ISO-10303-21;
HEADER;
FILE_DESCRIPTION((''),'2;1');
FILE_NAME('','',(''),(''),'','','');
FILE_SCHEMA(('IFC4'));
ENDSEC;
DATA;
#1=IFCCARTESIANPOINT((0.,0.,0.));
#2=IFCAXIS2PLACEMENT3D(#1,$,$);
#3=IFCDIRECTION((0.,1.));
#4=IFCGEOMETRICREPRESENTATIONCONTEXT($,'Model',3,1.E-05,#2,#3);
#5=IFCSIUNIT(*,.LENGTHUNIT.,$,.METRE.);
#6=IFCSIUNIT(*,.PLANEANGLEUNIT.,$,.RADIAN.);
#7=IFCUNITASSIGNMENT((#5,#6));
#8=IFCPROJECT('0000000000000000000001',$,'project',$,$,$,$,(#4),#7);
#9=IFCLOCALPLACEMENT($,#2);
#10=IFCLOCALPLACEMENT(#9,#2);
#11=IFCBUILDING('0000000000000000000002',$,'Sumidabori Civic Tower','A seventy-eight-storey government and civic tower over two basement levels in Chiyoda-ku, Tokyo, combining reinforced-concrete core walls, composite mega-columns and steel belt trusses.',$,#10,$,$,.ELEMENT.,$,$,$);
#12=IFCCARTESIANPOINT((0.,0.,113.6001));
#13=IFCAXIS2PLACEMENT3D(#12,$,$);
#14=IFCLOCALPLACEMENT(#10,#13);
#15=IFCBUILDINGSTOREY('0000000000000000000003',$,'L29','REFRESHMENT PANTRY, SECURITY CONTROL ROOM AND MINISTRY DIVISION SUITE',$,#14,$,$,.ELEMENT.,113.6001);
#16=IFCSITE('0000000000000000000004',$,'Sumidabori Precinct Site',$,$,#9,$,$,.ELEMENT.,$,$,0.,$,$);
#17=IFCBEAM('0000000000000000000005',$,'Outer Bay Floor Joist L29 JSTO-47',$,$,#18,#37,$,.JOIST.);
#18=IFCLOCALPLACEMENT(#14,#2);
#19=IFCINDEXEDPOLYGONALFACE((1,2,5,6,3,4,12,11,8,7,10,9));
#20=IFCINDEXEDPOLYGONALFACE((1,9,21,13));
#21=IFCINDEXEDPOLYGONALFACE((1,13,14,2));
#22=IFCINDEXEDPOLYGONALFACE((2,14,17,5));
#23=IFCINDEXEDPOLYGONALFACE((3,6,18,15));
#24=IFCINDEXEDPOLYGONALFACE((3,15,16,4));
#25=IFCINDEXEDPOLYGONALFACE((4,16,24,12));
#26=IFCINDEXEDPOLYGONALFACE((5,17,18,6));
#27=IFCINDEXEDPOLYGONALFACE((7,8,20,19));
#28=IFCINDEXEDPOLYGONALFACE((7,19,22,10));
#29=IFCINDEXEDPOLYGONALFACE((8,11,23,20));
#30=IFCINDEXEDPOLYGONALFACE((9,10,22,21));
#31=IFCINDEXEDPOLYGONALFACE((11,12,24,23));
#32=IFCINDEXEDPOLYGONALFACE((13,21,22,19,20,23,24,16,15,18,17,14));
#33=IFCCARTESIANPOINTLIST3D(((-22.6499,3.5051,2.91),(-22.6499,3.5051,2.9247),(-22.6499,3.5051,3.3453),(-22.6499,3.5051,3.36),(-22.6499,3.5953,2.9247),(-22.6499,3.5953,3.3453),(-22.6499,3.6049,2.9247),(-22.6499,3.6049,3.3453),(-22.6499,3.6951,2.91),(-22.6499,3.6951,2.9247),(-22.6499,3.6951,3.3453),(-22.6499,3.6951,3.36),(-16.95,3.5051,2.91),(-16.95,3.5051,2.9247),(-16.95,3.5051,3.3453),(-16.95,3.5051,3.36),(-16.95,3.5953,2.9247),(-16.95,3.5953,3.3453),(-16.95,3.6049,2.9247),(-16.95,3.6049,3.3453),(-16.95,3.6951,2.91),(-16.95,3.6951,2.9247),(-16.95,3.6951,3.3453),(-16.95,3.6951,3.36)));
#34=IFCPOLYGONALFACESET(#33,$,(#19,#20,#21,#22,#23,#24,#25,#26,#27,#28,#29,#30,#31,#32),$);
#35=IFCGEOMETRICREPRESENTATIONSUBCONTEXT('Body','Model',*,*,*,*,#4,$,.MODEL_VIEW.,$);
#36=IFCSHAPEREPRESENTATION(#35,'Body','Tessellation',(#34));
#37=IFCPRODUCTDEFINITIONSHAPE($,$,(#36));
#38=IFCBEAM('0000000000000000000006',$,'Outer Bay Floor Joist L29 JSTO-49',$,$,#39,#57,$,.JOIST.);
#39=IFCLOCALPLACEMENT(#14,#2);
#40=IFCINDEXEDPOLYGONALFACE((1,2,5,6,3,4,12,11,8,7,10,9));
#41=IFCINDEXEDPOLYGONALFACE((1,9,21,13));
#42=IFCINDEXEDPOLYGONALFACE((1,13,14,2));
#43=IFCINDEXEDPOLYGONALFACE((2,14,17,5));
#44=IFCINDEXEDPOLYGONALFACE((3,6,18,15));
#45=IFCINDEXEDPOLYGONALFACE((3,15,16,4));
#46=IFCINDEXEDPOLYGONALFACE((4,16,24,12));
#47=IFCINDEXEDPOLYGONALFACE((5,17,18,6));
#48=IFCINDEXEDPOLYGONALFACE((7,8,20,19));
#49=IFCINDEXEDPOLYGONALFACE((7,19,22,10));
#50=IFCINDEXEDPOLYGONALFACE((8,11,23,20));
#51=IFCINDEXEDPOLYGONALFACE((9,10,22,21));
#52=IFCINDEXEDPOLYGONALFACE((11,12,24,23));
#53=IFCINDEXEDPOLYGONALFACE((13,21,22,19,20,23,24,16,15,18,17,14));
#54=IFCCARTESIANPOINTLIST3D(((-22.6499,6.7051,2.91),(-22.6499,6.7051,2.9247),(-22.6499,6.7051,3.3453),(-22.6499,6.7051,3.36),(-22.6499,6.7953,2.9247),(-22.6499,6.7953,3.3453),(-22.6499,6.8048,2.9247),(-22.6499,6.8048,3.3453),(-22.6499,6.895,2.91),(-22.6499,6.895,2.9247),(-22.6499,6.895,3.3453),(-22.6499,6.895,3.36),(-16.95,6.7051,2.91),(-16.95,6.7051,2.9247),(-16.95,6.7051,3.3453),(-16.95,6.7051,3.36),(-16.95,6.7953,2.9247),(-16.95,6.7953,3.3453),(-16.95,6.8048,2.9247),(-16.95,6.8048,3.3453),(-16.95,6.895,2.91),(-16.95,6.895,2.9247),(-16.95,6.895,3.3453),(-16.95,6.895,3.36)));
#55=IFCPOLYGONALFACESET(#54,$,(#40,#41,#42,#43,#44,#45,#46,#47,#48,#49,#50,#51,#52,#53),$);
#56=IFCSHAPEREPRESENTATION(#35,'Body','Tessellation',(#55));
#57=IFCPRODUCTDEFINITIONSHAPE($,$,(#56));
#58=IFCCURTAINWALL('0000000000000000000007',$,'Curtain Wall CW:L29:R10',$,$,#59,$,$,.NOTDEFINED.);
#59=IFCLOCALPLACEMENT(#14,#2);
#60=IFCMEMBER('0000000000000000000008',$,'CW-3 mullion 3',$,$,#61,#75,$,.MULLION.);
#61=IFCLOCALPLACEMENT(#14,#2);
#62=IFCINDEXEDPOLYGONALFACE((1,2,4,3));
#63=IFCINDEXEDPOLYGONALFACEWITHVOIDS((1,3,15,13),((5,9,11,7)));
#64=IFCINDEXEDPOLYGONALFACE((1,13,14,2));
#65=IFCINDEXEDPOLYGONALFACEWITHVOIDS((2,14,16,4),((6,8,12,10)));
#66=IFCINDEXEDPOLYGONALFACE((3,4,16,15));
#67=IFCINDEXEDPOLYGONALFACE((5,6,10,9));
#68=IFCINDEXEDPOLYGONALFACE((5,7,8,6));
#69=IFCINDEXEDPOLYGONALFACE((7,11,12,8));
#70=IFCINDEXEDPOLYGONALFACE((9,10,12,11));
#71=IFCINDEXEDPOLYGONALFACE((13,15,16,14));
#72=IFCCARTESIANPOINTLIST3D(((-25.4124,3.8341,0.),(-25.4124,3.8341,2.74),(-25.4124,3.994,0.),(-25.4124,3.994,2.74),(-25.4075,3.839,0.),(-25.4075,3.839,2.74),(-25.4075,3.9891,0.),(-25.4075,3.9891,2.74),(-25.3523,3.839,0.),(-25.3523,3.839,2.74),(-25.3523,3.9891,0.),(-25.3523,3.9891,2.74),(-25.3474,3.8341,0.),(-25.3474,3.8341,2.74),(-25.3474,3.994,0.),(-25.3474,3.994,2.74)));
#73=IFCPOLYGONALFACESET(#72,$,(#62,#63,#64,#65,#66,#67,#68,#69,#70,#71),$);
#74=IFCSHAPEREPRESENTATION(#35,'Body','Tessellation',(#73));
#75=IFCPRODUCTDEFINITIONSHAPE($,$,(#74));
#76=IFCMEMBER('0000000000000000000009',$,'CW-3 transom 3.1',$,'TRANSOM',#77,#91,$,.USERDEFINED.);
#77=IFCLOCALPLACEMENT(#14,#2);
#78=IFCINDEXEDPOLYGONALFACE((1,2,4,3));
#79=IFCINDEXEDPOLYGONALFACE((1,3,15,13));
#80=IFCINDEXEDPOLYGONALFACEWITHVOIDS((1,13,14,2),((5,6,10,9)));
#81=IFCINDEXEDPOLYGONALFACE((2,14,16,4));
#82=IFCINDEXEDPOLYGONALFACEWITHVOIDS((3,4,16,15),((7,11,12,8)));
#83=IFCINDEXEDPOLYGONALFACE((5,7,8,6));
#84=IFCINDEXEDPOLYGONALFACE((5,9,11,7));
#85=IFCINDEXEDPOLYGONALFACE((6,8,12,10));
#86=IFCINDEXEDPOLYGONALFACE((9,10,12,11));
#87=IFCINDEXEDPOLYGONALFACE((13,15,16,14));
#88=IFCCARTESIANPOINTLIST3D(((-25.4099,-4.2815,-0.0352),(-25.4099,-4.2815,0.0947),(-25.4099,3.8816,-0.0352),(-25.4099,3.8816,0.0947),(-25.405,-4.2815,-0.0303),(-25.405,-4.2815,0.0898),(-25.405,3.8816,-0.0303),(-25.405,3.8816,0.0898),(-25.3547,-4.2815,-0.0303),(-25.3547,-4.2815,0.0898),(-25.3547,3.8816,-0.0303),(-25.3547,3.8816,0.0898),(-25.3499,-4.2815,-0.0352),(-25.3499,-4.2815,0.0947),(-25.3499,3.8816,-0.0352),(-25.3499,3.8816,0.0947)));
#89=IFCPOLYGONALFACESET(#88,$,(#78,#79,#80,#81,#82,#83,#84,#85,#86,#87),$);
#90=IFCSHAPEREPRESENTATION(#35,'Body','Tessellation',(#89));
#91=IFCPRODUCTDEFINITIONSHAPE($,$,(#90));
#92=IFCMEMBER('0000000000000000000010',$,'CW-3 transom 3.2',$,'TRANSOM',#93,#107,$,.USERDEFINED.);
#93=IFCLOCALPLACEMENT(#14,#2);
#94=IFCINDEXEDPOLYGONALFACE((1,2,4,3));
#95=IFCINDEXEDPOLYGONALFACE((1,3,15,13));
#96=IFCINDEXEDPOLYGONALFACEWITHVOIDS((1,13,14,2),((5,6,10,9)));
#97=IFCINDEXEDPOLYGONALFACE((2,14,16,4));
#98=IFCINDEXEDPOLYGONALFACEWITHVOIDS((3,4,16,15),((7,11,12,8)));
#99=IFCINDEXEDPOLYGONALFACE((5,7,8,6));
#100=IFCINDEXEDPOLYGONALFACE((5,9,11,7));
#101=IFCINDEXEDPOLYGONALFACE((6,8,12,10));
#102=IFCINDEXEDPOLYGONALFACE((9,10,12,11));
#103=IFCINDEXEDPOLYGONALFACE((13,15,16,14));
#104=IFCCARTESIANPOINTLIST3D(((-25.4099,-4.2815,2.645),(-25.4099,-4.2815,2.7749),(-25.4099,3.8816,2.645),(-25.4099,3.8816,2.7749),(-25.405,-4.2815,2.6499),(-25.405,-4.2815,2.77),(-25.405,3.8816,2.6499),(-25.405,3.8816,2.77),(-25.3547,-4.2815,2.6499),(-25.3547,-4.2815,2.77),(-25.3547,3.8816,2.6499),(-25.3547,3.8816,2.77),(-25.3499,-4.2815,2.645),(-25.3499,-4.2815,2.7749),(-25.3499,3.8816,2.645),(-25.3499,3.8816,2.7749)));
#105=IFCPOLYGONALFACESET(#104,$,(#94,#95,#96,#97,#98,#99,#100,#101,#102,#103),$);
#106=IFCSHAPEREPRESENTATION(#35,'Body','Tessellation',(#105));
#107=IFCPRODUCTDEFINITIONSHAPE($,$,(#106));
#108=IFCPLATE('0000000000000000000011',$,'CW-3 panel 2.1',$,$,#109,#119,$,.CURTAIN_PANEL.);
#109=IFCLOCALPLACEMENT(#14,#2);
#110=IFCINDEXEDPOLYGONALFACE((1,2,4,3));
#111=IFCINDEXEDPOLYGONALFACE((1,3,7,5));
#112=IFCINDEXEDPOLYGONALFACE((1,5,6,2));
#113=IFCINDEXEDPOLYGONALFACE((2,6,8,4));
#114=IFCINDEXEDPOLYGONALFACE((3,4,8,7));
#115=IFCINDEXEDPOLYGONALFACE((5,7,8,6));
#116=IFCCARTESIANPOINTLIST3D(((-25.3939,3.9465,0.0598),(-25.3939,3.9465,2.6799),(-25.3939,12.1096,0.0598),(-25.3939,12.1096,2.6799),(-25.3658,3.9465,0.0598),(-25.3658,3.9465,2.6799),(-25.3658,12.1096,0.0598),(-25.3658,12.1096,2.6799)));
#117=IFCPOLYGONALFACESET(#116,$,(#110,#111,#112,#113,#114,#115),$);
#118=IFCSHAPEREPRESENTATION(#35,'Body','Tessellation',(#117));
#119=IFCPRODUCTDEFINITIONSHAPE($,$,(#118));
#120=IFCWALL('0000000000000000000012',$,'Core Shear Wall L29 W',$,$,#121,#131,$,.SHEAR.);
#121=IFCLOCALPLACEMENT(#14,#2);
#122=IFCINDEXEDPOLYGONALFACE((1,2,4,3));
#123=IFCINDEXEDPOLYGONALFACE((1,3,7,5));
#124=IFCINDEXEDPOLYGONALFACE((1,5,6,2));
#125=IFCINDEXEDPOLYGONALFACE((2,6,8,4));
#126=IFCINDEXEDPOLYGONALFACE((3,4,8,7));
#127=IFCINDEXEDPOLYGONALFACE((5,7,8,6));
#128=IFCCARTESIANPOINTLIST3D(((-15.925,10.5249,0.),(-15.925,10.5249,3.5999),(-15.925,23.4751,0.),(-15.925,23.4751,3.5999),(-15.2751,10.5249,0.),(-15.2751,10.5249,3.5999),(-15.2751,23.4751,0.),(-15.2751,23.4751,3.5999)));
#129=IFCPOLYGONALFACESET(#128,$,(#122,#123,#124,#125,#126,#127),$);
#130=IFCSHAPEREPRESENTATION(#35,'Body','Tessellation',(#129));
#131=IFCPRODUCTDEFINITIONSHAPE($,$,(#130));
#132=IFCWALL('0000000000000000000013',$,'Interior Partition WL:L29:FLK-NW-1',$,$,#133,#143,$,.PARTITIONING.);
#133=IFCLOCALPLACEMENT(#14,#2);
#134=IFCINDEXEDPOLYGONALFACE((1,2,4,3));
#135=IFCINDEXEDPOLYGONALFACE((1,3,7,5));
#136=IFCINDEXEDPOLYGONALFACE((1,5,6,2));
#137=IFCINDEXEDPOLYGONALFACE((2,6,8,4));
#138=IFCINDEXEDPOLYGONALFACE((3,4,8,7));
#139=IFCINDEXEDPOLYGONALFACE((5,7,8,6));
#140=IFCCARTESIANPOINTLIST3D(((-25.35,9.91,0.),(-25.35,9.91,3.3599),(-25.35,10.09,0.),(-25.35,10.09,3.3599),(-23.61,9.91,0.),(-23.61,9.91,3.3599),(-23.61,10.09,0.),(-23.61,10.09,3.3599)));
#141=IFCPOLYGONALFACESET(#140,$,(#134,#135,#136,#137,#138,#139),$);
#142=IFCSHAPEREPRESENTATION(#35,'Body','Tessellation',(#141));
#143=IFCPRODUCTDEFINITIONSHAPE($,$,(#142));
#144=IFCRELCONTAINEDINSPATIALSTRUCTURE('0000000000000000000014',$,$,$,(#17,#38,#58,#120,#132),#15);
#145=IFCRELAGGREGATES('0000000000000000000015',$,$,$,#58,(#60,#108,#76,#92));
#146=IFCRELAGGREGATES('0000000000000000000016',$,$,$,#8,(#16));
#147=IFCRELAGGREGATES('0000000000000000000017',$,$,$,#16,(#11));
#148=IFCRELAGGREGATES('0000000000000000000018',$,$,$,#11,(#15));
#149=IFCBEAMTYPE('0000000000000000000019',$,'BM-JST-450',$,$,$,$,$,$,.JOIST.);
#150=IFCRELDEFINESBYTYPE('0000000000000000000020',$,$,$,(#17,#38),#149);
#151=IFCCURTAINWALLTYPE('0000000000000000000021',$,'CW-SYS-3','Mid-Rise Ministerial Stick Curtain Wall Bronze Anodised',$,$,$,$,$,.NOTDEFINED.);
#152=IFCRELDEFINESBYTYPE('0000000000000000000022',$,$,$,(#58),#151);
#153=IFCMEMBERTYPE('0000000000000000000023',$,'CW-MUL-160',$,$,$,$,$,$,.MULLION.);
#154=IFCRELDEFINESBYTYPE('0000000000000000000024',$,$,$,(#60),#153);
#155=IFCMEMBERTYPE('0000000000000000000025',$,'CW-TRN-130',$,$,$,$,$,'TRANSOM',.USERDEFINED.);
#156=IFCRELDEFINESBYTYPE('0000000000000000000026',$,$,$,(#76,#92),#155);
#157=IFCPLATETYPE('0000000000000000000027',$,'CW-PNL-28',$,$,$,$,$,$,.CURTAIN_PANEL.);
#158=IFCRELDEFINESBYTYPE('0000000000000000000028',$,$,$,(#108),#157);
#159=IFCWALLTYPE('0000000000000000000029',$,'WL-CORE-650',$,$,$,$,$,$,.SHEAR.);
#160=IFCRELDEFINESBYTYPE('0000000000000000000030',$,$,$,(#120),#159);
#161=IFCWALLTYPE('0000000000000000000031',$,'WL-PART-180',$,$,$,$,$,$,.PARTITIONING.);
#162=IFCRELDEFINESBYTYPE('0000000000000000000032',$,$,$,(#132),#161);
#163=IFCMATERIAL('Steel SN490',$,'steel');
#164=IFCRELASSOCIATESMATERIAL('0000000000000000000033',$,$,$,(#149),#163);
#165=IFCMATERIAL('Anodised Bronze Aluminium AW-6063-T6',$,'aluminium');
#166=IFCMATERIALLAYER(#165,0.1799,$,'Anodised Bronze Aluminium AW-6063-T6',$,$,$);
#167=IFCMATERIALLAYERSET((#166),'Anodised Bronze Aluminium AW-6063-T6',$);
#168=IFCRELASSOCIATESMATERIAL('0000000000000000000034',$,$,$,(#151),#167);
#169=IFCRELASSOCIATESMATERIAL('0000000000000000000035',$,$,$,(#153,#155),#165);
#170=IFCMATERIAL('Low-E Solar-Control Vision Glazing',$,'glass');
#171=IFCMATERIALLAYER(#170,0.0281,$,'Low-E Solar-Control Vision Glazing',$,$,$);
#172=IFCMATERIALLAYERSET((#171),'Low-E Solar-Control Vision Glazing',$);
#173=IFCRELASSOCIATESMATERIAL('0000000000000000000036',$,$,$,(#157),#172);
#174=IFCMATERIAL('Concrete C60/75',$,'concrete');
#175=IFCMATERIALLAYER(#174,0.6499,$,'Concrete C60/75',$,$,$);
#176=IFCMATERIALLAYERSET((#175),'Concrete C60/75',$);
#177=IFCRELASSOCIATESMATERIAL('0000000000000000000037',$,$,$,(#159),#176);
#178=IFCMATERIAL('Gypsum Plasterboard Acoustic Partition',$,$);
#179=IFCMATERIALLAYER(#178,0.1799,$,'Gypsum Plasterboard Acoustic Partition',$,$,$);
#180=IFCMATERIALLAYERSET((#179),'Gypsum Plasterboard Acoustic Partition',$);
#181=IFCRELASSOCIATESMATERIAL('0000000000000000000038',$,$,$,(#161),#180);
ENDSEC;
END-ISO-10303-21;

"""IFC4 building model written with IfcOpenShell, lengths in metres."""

from ifc_helpers import new_model, si_unit, direction, frame, frame_2d, origin, origin_2d, place, context, subcontext, project, spatial, rectangle, hollow_rectangle, i_section, extrude, source, transform, mapped, material, layer, layer_set, material_profile, profile_set, type_object, element, aggregate, save


model = new_model("IFC4")

# Units and contexts
model_context = context("Model", 3, precision=1e-05, world=origin(), true_north=direction((0.0, 1.0)))
body_context = subcontext(model_context, "Body", "Model", "MODEL_VIEW")
ifc_project = project(units=[si_unit("LENGTHUNIT", "METRE"), si_unit("PLANEANGLEUNIT", "RADIAN")], contexts=[model_context])

# Site, building, storey
site_placement = place(None, origin())
site = spatial("IfcSite", under=ifc_project, at=site_placement, Name="Sumidabori Precinct Site", CompositionType="ELEMENT", RefElevation=0.0)
building_placement = place(site_placement, origin())
building = spatial("IfcBuilding", under=site, at=building_placement, Name="Sumidabori Civic Tower", Description="A seventy-eight-storey government and civic tower over two basement levels in Chiyoda-ku, Tokyo, combining reinforced-concrete core walls, composite mega-columns and steel belt trusses.", CompositionType="ELEMENT")
storey_placement = place(building_placement, frame((0.0, 0.0, 113.6001)))
storey = spatial("IfcBuildingStorey", under=building, at=storey_placement, Name="L29", Description="REFRESHMENT PANTRY, SECURITY CONTROL ROOM AND MINISTRY DIVISION SUITE", CompositionType="ELEMENT", Elevation=113.6001)

# Shared definitions
ifc_material_1 = material(Name="Concrete C60/75", Category="concrete")

# Beams
ifc_material_2 = material(Name="Steel SN490", Category="steel")
ifc_material_profile_1 = material_profile(ifc_material_2, i_section(OverallWidth=0.1899, OverallDepth=0.45, WebThickness=0.0095, FlangeThickness=0.0146, at=origin_2d()), Name="IPE 450")
ifc_profile_set_1 = profile_set([ifc_material_profile_1], Name="Steel SN490")
beam_type_1 = type_object("IfcBeamType", Name="BM-JST-450", PredefinedType="JOIST", material=ifc_profile_set_1)
shared_shape_1 = source(origin(), body_context, "Body", "SweptSolid", [
    extrude(i_section(OverallWidth=0.1899, OverallDepth=0.45, WebThickness=0.0095, FlangeThickness=0.0146, at=origin_2d()), origin(), (0.0, 0.0, 1.0), 5.7),
])
for number, where, z_axis, x_axis, name in (
    (1, (-22.6499, 3.6001, 3.135), (1.0, 0.0, 0.0), (0.0, 1.0, 0.0), "Outer Bay Floor Joist L29 JSTO-47"),
    (2, (-22.6499, 6.8, 3.135), (1.0, 0.0, 0.0), (0.0, 1.0, 0.0), "Outer Bay Floor Joist L29 JSTO-49"),
):
    element("IfcBeam", number, at=place(storey_placement, frame(where, z_axis=z_axis, x_axis=x_axis)), inside=storey, type_object=beam_type_1, Name=name, PredefinedType="JOIST", context=body_context, shape_type="MappedRepresentation", body=[
        mapped(shared_shape_1, transform((0.0, 0.0, 0.0), x_axis=(1.0, 0.0, 0.0), y_axis=(0.0, 1.0, 0.0), z_axis=(0.0, 0.0, 1.0), scale=1.0)),
    ])

# Curtain wall, members, plate
ifc_material_3 = material(Name="Anodised Bronze Aluminium AW-6063-T6", Category="aluminium")
ifc_layer_1 = layer(ifc_material_3, 0.1799, Name="Anodised Bronze Aluminium AW-6063-T6")
ifc_layer_set_1 = layer_set([ifc_layer_1], Name="Anodised Bronze Aluminium AW-6063-T6")
curtain_wall_type = type_object("IfcCurtainWallType", Name="CW-SYS-3", Description="Mid-Rise Ministerial Stick Curtain Wall Bronze Anodised", PredefinedType="NOTDEFINED", material=ifc_layer_set_1)
curtain_wall_placement = place(storey_placement, origin())
curtain_wall = element("IfcCurtainWall", 3, at=curtain_wall_placement, inside=storey, type_object=curtain_wall_type, Name="Curtain Wall CW:L29:R10", PredefinedType="NOTDEFINED")
ifc_material_profile_2 = material_profile(ifc_material_3, hollow_rectangle(XDim=0.0649, YDim=0.1599, WallThickness=0.0049, at=origin_2d()), Name="ALU MULLION 160x65")
ifc_profile_set_2 = profile_set([ifc_material_profile_2], Name="Anodised Bronze Aluminium AW-6063-T6")
member_type_1 = type_object("IfcMemberType", Name="CW-MUL-160", PredefinedType="MULLION", material=ifc_profile_set_2)
shared_shape_2 = source(origin(), body_context, "Body", "SweptSolid", [
    extrude(hollow_rectangle(XDim=0.0649, YDim=0.1599, WallThickness=0.0049, at=origin_2d()), origin(), (0.0, 0.0, 1.0), 2.74),
])
member_1_placement = place(storey_placement, frame((-25.3799, 3.9141, 0.0), z_axis=(0.0, 0.0, 1.0), x_axis=(1.0, 0.0, 0.0)))
member_1 = element("IfcMember", 4, at=member_1_placement, type_object=member_type_1, Name="CW-3 mullion 3", PredefinedType="MULLION", context=body_context, shape_type="MappedRepresentation", body=[
    mapped(shared_shape_2, transform((0.0, 0.0, 0.0), x_axis=(1.0, 0.0, 0.0), y_axis=(0.0, 1.0, 0.0), z_axis=(0.0, 0.0, 1.0), scale=1.0)),
])
ifc_material_profile_3 = material_profile(ifc_material_3, hollow_rectangle(XDim=0.0601, YDim=0.1299, WallThickness=0.0049, at=origin_2d()), Name="ALU TRANSOM 130x60")
ifc_profile_set_3 = profile_set([ifc_material_profile_3], Name="Anodised Bronze Aluminium AW-6063-T6")
member_type_2 = type_object("IfcMemberType", Name="CW-TRN-130", ElementType="TRANSOM", PredefinedType="USERDEFINED", material=ifc_profile_set_3)
shared_shape_3 = source(origin(), body_context, "Body", "SweptSolid", [
    extrude(hollow_rectangle(XDim=0.0601, YDim=0.1299, WallThickness=0.0049, at=origin_2d()), origin(), (0.0, 0.0, 1.0), 8.1631),
])
member_2_placement = place(storey_placement, frame((-25.3799, 3.8816, 0.0298), z_axis=(0.0, -1.0, 0.0), x_axis=(1.0, 0.0, 0.0)))
member_2 = element("IfcMember", 5, at=member_2_placement, type_object=member_type_2, Name="CW-3 transom 3.1", ObjectType="TRANSOM", PredefinedType="USERDEFINED", context=body_context, shape_type="MappedRepresentation", body=[
    mapped(shared_shape_3, transform((0.0, 0.0, 0.0), x_axis=(1.0, 0.0, 0.0), y_axis=(0.0, 1.0, 0.0), z_axis=(0.0, 0.0, 1.0), scale=1.0)),
])
member_3_placement = place(storey_placement, frame((-25.3799, 3.8816, 2.71), z_axis=(0.0, -1.0, 0.0), x_axis=(1.0, 0.0, 0.0)))
member_3 = element("IfcMember", 6, at=member_3_placement, type_object=member_type_2, Name="CW-3 transom 3.2", ObjectType="TRANSOM", PredefinedType="USERDEFINED", context=body_context, shape_type="MappedRepresentation", body=[
    mapped(shared_shape_3, transform((0.0, 0.0, 0.0), x_axis=(1.0, 0.0, 0.0), y_axis=(0.0, 1.0, 0.0), z_axis=(0.0, 0.0, 1.0), scale=1.0)),
])
ifc_material_4 = material(Name="Low-E Solar-Control Vision Glazing", Category="glass")
ifc_layer_2 = layer(ifc_material_4, 0.0281, Name="Low-E Solar-Control Vision Glazing")
ifc_layer_set_2 = layer_set([ifc_layer_2], Name="Low-E Solar-Control Vision Glazing")
plate_type = type_object("IfcPlateType", Name="CW-PNL-28", PredefinedType="CURTAIN_PANEL", material=ifc_layer_set_2)
shared_shape_4 = source(origin(), body_context, "Body", "SweptSolid", [
    extrude(rectangle(XDim=8.1631, YDim=0.0281, at=origin_2d()), origin(), (0.0, 0.0, 1.0), 2.6201),
])
plate_placement = place(storey_placement, frame((-25.3799, 8.0281, 0.0598), z_axis=(0.0, 0.0, 1.0), x_axis=(0.0, -1.0, 0.0)))
plate = element("IfcPlate", 7, at=plate_placement, type_object=plate_type, Name="CW-3 panel 2.1", PredefinedType="CURTAIN_PANEL", context=body_context, shape_type="MappedRepresentation", body=[
    mapped(shared_shape_4, transform((0.0, 0.0, 0.0), x_axis=(1.0, 0.0, 0.0), y_axis=(0.0, 1.0, 0.0), z_axis=(0.0, 0.0, 1.0), scale=1.0)),
])
aggregate(curtain_wall, [member_1, plate, member_2, member_3])

# Shared definitions
ifc_layer_3 = layer(ifc_material_1, 0.6499, Name="Concrete C60/75")
ifc_layer_set_3 = layer_set([ifc_layer_3], Name="Concrete C60/75")
wall_type_1 = type_object("IfcWallType", Name="WL-CORE-650", PredefinedType="SHEAR", material=ifc_layer_set_3)

# Walls
shared_shape_5 = source(origin(), body_context, "Body", "SweptSolid", [
    extrude(rectangle(XDim=12.9502, YDim=0.6499, at=frame_2d((6.4751, 0.0))), origin(), (0.0, 0.0, 1.0), 3.5999),
])
wall_1_placement = place(storey_placement, frame((-15.6001, 10.5249, 0.0), z_axis=(0.0, 0.0, 1.0), x_axis=(0.0, 1.0, 0.0)))
element("IfcWall", 8, at=wall_1_placement, inside=storey, type_object=wall_type_1, Name="Core Shear Wall L29 W", PredefinedType="SHEAR", context=body_context, shape_type="MappedRepresentation", body=[
    mapped(shared_shape_5, transform((0.0, 0.0, 0.0), x_axis=(1.0, 0.0, 0.0), y_axis=(0.0, 1.0, 0.0), z_axis=(0.0, 0.0, 1.0), scale=1.0)),
])
ifc_material_5 = material(Name="Gypsum Plasterboard Acoustic Partition")
ifc_layer_4 = layer(ifc_material_5, 0.1799, Name="Gypsum Plasterboard Acoustic Partition")
ifc_layer_set_4 = layer_set([ifc_layer_4], Name="Gypsum Plasterboard Acoustic Partition")
wall_type_2 = type_object("IfcWallType", Name="WL-PART-180", PredefinedType="PARTITIONING", material=ifc_layer_set_4)
shared_shape_6 = source(origin(), body_context, "Body", "SweptSolid", [
    extrude(rectangle(XDim=1.74, YDim=0.1799, at=frame_2d((0.8701, 0.0))), origin(), (0.0, 0.0, 1.0), 3.3599),
])
wall_2_placement = place(storey_placement, frame((-25.3501, 10.0, 0.0), z_axis=(0.0, 0.0, 1.0), x_axis=(1.0, 0.0, 0.0)))
element("IfcWall", 9, at=wall_2_placement, inside=storey, type_object=wall_type_2, Name="Interior Partition WL:L29:FLK-NW-1", PredefinedType="PARTITIONING", context=body_context, shape_type="MappedRepresentation", body=[
    mapped(shared_shape_6, transform((0.0, 0.0, 0.0), x_axis=(1.0, 0.0, 0.0), y_axis=(0.0, 1.0, 0.0), z_axis=(0.0, 0.0, 1.0), scale=1.0)),
])

save(model, "model.ifc")
